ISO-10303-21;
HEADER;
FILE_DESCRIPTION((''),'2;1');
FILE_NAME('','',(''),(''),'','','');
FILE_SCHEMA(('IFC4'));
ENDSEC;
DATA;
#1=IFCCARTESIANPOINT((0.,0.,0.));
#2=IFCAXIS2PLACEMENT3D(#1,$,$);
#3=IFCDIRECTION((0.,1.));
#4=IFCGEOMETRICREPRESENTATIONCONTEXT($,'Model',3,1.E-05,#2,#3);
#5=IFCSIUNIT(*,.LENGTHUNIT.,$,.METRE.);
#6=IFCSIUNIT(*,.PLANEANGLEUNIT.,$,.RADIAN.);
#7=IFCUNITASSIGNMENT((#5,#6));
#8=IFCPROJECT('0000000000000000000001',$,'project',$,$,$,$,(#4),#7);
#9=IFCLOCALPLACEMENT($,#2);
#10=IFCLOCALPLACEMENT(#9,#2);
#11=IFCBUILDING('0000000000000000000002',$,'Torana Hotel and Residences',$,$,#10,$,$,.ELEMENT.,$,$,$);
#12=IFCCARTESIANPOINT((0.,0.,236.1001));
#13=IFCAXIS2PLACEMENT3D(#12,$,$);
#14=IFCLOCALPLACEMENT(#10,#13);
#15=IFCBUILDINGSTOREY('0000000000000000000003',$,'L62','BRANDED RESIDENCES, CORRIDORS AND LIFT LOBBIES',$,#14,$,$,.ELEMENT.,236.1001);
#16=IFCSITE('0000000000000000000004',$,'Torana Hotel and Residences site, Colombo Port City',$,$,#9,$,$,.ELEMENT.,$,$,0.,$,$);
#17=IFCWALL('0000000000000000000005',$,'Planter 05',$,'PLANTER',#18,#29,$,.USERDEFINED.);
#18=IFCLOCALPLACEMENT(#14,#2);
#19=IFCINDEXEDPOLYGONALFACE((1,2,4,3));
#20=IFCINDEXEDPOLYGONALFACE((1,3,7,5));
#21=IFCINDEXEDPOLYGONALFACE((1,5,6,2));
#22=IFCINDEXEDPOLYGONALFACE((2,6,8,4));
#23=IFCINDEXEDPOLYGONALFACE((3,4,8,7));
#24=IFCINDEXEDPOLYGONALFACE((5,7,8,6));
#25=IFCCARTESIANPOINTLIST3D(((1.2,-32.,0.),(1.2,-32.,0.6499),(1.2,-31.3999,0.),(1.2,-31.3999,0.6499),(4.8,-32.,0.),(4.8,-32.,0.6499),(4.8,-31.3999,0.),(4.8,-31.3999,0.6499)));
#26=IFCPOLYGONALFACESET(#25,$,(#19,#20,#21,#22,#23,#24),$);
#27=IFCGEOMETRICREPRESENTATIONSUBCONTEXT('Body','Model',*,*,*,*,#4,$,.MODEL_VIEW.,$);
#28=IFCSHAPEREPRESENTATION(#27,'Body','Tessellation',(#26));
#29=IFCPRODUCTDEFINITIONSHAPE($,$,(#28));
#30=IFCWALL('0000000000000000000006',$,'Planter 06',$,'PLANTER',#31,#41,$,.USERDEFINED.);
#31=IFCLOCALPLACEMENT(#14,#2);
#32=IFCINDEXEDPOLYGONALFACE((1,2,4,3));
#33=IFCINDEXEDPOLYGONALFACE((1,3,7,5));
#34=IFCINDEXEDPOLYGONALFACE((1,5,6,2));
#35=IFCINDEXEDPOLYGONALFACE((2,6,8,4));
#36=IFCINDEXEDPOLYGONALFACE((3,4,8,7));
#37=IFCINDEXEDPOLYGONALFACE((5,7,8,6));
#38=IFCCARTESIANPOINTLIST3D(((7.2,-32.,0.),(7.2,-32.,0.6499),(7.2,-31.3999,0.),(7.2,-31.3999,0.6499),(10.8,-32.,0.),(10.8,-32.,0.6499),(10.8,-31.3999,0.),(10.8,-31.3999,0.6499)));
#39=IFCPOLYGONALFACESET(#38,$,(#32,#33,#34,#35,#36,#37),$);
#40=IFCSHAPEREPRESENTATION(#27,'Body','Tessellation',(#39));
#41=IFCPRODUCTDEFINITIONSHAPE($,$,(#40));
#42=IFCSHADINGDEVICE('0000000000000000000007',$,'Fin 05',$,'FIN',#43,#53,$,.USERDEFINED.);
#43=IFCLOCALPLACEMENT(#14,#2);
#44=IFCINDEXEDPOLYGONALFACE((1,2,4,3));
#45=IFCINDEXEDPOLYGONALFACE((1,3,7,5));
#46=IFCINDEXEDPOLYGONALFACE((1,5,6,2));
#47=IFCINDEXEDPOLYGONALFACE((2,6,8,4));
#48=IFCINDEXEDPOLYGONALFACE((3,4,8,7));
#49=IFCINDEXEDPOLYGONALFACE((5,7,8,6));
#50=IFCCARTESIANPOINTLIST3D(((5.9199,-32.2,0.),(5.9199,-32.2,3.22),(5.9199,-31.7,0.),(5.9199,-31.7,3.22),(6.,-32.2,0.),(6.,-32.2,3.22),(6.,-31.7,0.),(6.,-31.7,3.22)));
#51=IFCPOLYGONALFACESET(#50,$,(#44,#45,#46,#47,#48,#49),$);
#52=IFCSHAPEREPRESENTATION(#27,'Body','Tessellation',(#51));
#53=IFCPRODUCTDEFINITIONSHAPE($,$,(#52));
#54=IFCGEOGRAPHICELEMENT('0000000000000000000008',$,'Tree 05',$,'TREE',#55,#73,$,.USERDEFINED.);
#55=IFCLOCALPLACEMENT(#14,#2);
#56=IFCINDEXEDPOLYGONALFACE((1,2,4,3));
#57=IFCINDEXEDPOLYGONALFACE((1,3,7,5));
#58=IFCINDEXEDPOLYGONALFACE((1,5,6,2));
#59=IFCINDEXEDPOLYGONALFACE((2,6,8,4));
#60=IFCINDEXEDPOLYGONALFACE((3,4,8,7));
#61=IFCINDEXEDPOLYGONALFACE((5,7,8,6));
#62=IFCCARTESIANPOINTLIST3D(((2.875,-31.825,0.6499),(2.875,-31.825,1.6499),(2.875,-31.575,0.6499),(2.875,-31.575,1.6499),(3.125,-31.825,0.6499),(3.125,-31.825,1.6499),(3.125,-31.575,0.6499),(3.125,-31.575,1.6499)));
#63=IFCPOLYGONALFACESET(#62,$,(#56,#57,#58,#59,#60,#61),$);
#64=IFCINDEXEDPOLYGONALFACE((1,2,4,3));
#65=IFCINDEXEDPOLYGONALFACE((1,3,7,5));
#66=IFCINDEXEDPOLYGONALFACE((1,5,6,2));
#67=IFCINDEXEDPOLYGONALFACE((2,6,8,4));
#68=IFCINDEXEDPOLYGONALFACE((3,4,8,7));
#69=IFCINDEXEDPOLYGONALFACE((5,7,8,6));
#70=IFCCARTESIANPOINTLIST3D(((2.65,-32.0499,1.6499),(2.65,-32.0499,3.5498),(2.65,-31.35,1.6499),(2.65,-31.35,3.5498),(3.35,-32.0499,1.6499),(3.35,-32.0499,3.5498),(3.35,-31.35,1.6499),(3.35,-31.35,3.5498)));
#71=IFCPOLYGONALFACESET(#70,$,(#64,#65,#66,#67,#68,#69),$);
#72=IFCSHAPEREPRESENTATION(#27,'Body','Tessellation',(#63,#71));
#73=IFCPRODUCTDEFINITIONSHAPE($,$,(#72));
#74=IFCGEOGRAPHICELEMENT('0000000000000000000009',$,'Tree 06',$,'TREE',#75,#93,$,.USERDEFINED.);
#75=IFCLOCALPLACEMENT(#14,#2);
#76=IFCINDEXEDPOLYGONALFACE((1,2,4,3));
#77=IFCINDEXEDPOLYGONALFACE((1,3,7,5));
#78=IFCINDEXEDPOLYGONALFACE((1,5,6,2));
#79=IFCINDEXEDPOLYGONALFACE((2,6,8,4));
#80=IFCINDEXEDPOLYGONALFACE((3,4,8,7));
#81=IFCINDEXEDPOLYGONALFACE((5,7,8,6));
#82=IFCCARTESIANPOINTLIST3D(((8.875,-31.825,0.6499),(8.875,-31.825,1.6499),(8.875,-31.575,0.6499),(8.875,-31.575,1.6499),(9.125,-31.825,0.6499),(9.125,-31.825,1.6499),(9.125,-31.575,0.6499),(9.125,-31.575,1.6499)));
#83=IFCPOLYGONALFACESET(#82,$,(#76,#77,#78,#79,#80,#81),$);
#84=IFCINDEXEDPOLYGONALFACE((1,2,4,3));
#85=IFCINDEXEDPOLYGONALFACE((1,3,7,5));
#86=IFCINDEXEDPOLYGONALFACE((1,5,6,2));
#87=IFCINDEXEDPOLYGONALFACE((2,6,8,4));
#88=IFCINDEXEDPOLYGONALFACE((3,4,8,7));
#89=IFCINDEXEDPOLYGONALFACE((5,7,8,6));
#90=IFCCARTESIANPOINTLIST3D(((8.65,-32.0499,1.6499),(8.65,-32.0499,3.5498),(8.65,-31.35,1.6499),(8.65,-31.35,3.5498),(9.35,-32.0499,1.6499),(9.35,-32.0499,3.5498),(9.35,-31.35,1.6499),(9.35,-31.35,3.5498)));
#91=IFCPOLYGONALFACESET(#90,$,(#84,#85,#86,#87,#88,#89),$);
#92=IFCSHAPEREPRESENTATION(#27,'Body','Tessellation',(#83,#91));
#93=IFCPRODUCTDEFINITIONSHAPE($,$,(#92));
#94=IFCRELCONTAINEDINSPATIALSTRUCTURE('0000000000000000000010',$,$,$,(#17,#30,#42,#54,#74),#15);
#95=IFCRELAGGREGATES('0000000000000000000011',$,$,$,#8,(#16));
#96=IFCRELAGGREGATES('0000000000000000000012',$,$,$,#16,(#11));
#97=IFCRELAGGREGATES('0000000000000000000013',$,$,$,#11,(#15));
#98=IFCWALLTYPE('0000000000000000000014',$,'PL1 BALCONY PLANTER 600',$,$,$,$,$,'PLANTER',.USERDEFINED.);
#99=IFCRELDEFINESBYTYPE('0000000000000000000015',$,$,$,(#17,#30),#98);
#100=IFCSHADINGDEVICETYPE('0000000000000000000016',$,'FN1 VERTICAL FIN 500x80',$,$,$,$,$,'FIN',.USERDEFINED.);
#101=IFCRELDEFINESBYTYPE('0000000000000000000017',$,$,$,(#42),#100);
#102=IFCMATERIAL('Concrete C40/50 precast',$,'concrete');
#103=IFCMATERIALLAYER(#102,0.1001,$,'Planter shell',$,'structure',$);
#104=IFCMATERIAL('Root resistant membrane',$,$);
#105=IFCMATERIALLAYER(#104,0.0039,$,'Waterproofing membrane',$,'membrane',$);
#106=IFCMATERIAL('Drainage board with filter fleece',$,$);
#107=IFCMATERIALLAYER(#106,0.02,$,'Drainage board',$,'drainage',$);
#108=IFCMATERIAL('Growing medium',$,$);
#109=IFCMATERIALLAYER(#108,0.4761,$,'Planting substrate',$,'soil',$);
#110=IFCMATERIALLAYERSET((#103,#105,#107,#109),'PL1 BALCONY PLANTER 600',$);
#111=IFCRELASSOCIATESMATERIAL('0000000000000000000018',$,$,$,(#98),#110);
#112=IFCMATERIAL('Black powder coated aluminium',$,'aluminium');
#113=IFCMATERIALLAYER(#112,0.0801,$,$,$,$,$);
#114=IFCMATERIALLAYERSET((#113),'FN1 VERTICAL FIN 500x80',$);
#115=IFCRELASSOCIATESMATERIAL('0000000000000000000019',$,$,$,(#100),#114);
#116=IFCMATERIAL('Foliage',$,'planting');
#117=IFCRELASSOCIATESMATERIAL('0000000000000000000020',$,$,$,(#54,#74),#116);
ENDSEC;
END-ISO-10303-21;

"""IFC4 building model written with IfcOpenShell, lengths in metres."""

from ifc_helpers import new_model, si_unit, direction, frame, frame_2d, origin, origin_2d, place, context, subcontext, project, spatial, rectangle, extrude, material, layer, layer_set, type_object, element, save


model = new_model("IFC4")

# Units and contexts
model_context = context("Model", 3, precision=1e-05, world=origin(), true_north=direction((0.0, 1.0)))
body_context = subcontext(model_context, "Body", "Model", "MODEL_VIEW")
ifc_project = project(units=[si_unit("LENGTHUNIT", "METRE"), si_unit("PLANEANGLEUNIT", "RADIAN")], contexts=[model_context])

# Site, building, storey
site_placement = place(None, origin())
site = spatial("IfcSite", under=ifc_project, at=site_placement, Name="Torana Hotel and Residences site, Colombo Port City", CompositionType="ELEMENT", RefElevation=0.0)
building_placement = place(site_placement, origin())
building = spatial("IfcBuilding", under=site, at=building_placement, Name="Torana Hotel and Residences", CompositionType="ELEMENT")
storey_placement = place(building_placement, frame((0.0, 0.0, 236.1001)))
storey = spatial("IfcBuildingStorey", under=building, at=storey_placement, Name="L62", Description="BRANDED RESIDENCES, CORRIDORS AND LIFT LOBBIES", CompositionType="ELEMENT", Elevation=236.1001)

# Walls
ifc_material_1 = material(Name="Concrete C40/50 precast", Category="concrete")
ifc_layer_1 = layer(ifc_material_1, 0.1001, Name="Planter shell", Category="structure")
ifc_material_2 = material(Name="Root resistant membrane")
ifc_layer_2 = layer(ifc_material_2, 0.0039, Name="Waterproofing membrane", Category="membrane")
ifc_material_3 = material(Name="Drainage board with filter fleece")
ifc_layer_3 = layer(ifc_material_3, 0.02, Name="Drainage board", Category="drainage")
ifc_material_4 = material(Name="Growing medium")
ifc_layer_4 = layer(ifc_material_4, 0.4761, Name="Planting substrate", Category="soil")
ifc_layer_set_1 = layer_set([ifc_layer_1, ifc_layer_2, ifc_layer_3, ifc_layer_4], Name="PL1 BALCONY PLANTER 600")
wall_type_1 = type_object("IfcWallType", Name="PL1 BALCONY PLANTER 600", ElementType="PLANTER", PredefinedType="USERDEFINED", material=ifc_layer_set_1)
for number, where, z_axis, x_axis, name in (
    (1, (4.8, -31.7, 0.0), (0.0, 0.0, 1.0), (-1.0, 0.0, 0.0), "Planter 05"),
    (2, (10.8, -31.7, 0.0), (0.0, 0.0, 1.0), (-1.0, 0.0, 0.0), "Planter 06"),
):
    element("IfcWall", number, at=place(storey_placement, frame(where, z_axis=z_axis, x_axis=x_axis)), inside=storey, type_object=wall_type_1, Name=name, ObjectType="PLANTER", PredefinedType="USERDEFINED", context=body_context, shape_type="SweptSolid", body=[
        extrude(rectangle(XDim=3.6001, YDim=0.6001, at=frame_2d((1.8, 0.0))), origin(), (0.0, 0.0, 1.0), 0.6499),
    ])

# Shading device
ifc_material_5 = material(Name="Black powder coated aluminium", Category="aluminium")
ifc_layer_5 = layer(ifc_material_5, 0.0801)
ifc_layer_set_2 = layer_set([ifc_layer_5], Name="FN1 VERTICAL FIN 500x80")
shading_device_type = type_object("IfcShadingDeviceType", Name="FN1 VERTICAL FIN 500x80", ElementType="FIN", PredefinedType="USERDEFINED", material=ifc_layer_set_2)
shading_device_placement = place(storey_placement, frame((5.96, -31.95, 0.0), z_axis=(0.0, 0.0, 1.0), x_axis=(-1.0, 0.0, 0.0)))
element("IfcShadingDevice", 3, at=shading_device_placement, inside=storey, type_object=shading_device_type, Name="Fin 05", ObjectType="FIN", PredefinedType="USERDEFINED", context=body_context, shape_type="SweptSolid", body=[
    extrude(rectangle(XDim=0.0801, YDim=0.5, at=origin_2d()), origin(), (0.0, 0.0, 1.0), 3.22),
])

# Geographic elements
ifc_material_6 = material(Name="Foliage", Category="planting")
for number, where, z_axis, x_axis, name in (
    (4, (3.0, -31.7, 0.6499), (0.0, 0.0, 1.0), (1.0, 0.0, 0.0), "Tree 05"),
    (5, (9.0, -31.7, 0.6499), (0.0, 0.0, 1.0), (1.0, 0.0, 0.0), "Tree 06"),
):
    element("IfcGeographicElement", number, at=place(storey_placement, frame(where, z_axis=z_axis, x_axis=x_axis)), inside=storey, material=ifc_material_6, Name=name, ObjectType="TREE", PredefinedType="USERDEFINED", context=body_context, shape_type="SweptSolid", body=[
        extrude(rectangle(XDim=0.25, YDim=0.25, at=origin_2d()), origin(), (0.0, 0.0, 1.0), 1.0),
        extrude(rectangle(XDim=0.7, YDim=0.7, at=origin_2d()), frame((0.0, 0.0, 1.0)), (0.0, 0.0, 1.0), 1.8999),
    ])

save(model, "model.ifc")
